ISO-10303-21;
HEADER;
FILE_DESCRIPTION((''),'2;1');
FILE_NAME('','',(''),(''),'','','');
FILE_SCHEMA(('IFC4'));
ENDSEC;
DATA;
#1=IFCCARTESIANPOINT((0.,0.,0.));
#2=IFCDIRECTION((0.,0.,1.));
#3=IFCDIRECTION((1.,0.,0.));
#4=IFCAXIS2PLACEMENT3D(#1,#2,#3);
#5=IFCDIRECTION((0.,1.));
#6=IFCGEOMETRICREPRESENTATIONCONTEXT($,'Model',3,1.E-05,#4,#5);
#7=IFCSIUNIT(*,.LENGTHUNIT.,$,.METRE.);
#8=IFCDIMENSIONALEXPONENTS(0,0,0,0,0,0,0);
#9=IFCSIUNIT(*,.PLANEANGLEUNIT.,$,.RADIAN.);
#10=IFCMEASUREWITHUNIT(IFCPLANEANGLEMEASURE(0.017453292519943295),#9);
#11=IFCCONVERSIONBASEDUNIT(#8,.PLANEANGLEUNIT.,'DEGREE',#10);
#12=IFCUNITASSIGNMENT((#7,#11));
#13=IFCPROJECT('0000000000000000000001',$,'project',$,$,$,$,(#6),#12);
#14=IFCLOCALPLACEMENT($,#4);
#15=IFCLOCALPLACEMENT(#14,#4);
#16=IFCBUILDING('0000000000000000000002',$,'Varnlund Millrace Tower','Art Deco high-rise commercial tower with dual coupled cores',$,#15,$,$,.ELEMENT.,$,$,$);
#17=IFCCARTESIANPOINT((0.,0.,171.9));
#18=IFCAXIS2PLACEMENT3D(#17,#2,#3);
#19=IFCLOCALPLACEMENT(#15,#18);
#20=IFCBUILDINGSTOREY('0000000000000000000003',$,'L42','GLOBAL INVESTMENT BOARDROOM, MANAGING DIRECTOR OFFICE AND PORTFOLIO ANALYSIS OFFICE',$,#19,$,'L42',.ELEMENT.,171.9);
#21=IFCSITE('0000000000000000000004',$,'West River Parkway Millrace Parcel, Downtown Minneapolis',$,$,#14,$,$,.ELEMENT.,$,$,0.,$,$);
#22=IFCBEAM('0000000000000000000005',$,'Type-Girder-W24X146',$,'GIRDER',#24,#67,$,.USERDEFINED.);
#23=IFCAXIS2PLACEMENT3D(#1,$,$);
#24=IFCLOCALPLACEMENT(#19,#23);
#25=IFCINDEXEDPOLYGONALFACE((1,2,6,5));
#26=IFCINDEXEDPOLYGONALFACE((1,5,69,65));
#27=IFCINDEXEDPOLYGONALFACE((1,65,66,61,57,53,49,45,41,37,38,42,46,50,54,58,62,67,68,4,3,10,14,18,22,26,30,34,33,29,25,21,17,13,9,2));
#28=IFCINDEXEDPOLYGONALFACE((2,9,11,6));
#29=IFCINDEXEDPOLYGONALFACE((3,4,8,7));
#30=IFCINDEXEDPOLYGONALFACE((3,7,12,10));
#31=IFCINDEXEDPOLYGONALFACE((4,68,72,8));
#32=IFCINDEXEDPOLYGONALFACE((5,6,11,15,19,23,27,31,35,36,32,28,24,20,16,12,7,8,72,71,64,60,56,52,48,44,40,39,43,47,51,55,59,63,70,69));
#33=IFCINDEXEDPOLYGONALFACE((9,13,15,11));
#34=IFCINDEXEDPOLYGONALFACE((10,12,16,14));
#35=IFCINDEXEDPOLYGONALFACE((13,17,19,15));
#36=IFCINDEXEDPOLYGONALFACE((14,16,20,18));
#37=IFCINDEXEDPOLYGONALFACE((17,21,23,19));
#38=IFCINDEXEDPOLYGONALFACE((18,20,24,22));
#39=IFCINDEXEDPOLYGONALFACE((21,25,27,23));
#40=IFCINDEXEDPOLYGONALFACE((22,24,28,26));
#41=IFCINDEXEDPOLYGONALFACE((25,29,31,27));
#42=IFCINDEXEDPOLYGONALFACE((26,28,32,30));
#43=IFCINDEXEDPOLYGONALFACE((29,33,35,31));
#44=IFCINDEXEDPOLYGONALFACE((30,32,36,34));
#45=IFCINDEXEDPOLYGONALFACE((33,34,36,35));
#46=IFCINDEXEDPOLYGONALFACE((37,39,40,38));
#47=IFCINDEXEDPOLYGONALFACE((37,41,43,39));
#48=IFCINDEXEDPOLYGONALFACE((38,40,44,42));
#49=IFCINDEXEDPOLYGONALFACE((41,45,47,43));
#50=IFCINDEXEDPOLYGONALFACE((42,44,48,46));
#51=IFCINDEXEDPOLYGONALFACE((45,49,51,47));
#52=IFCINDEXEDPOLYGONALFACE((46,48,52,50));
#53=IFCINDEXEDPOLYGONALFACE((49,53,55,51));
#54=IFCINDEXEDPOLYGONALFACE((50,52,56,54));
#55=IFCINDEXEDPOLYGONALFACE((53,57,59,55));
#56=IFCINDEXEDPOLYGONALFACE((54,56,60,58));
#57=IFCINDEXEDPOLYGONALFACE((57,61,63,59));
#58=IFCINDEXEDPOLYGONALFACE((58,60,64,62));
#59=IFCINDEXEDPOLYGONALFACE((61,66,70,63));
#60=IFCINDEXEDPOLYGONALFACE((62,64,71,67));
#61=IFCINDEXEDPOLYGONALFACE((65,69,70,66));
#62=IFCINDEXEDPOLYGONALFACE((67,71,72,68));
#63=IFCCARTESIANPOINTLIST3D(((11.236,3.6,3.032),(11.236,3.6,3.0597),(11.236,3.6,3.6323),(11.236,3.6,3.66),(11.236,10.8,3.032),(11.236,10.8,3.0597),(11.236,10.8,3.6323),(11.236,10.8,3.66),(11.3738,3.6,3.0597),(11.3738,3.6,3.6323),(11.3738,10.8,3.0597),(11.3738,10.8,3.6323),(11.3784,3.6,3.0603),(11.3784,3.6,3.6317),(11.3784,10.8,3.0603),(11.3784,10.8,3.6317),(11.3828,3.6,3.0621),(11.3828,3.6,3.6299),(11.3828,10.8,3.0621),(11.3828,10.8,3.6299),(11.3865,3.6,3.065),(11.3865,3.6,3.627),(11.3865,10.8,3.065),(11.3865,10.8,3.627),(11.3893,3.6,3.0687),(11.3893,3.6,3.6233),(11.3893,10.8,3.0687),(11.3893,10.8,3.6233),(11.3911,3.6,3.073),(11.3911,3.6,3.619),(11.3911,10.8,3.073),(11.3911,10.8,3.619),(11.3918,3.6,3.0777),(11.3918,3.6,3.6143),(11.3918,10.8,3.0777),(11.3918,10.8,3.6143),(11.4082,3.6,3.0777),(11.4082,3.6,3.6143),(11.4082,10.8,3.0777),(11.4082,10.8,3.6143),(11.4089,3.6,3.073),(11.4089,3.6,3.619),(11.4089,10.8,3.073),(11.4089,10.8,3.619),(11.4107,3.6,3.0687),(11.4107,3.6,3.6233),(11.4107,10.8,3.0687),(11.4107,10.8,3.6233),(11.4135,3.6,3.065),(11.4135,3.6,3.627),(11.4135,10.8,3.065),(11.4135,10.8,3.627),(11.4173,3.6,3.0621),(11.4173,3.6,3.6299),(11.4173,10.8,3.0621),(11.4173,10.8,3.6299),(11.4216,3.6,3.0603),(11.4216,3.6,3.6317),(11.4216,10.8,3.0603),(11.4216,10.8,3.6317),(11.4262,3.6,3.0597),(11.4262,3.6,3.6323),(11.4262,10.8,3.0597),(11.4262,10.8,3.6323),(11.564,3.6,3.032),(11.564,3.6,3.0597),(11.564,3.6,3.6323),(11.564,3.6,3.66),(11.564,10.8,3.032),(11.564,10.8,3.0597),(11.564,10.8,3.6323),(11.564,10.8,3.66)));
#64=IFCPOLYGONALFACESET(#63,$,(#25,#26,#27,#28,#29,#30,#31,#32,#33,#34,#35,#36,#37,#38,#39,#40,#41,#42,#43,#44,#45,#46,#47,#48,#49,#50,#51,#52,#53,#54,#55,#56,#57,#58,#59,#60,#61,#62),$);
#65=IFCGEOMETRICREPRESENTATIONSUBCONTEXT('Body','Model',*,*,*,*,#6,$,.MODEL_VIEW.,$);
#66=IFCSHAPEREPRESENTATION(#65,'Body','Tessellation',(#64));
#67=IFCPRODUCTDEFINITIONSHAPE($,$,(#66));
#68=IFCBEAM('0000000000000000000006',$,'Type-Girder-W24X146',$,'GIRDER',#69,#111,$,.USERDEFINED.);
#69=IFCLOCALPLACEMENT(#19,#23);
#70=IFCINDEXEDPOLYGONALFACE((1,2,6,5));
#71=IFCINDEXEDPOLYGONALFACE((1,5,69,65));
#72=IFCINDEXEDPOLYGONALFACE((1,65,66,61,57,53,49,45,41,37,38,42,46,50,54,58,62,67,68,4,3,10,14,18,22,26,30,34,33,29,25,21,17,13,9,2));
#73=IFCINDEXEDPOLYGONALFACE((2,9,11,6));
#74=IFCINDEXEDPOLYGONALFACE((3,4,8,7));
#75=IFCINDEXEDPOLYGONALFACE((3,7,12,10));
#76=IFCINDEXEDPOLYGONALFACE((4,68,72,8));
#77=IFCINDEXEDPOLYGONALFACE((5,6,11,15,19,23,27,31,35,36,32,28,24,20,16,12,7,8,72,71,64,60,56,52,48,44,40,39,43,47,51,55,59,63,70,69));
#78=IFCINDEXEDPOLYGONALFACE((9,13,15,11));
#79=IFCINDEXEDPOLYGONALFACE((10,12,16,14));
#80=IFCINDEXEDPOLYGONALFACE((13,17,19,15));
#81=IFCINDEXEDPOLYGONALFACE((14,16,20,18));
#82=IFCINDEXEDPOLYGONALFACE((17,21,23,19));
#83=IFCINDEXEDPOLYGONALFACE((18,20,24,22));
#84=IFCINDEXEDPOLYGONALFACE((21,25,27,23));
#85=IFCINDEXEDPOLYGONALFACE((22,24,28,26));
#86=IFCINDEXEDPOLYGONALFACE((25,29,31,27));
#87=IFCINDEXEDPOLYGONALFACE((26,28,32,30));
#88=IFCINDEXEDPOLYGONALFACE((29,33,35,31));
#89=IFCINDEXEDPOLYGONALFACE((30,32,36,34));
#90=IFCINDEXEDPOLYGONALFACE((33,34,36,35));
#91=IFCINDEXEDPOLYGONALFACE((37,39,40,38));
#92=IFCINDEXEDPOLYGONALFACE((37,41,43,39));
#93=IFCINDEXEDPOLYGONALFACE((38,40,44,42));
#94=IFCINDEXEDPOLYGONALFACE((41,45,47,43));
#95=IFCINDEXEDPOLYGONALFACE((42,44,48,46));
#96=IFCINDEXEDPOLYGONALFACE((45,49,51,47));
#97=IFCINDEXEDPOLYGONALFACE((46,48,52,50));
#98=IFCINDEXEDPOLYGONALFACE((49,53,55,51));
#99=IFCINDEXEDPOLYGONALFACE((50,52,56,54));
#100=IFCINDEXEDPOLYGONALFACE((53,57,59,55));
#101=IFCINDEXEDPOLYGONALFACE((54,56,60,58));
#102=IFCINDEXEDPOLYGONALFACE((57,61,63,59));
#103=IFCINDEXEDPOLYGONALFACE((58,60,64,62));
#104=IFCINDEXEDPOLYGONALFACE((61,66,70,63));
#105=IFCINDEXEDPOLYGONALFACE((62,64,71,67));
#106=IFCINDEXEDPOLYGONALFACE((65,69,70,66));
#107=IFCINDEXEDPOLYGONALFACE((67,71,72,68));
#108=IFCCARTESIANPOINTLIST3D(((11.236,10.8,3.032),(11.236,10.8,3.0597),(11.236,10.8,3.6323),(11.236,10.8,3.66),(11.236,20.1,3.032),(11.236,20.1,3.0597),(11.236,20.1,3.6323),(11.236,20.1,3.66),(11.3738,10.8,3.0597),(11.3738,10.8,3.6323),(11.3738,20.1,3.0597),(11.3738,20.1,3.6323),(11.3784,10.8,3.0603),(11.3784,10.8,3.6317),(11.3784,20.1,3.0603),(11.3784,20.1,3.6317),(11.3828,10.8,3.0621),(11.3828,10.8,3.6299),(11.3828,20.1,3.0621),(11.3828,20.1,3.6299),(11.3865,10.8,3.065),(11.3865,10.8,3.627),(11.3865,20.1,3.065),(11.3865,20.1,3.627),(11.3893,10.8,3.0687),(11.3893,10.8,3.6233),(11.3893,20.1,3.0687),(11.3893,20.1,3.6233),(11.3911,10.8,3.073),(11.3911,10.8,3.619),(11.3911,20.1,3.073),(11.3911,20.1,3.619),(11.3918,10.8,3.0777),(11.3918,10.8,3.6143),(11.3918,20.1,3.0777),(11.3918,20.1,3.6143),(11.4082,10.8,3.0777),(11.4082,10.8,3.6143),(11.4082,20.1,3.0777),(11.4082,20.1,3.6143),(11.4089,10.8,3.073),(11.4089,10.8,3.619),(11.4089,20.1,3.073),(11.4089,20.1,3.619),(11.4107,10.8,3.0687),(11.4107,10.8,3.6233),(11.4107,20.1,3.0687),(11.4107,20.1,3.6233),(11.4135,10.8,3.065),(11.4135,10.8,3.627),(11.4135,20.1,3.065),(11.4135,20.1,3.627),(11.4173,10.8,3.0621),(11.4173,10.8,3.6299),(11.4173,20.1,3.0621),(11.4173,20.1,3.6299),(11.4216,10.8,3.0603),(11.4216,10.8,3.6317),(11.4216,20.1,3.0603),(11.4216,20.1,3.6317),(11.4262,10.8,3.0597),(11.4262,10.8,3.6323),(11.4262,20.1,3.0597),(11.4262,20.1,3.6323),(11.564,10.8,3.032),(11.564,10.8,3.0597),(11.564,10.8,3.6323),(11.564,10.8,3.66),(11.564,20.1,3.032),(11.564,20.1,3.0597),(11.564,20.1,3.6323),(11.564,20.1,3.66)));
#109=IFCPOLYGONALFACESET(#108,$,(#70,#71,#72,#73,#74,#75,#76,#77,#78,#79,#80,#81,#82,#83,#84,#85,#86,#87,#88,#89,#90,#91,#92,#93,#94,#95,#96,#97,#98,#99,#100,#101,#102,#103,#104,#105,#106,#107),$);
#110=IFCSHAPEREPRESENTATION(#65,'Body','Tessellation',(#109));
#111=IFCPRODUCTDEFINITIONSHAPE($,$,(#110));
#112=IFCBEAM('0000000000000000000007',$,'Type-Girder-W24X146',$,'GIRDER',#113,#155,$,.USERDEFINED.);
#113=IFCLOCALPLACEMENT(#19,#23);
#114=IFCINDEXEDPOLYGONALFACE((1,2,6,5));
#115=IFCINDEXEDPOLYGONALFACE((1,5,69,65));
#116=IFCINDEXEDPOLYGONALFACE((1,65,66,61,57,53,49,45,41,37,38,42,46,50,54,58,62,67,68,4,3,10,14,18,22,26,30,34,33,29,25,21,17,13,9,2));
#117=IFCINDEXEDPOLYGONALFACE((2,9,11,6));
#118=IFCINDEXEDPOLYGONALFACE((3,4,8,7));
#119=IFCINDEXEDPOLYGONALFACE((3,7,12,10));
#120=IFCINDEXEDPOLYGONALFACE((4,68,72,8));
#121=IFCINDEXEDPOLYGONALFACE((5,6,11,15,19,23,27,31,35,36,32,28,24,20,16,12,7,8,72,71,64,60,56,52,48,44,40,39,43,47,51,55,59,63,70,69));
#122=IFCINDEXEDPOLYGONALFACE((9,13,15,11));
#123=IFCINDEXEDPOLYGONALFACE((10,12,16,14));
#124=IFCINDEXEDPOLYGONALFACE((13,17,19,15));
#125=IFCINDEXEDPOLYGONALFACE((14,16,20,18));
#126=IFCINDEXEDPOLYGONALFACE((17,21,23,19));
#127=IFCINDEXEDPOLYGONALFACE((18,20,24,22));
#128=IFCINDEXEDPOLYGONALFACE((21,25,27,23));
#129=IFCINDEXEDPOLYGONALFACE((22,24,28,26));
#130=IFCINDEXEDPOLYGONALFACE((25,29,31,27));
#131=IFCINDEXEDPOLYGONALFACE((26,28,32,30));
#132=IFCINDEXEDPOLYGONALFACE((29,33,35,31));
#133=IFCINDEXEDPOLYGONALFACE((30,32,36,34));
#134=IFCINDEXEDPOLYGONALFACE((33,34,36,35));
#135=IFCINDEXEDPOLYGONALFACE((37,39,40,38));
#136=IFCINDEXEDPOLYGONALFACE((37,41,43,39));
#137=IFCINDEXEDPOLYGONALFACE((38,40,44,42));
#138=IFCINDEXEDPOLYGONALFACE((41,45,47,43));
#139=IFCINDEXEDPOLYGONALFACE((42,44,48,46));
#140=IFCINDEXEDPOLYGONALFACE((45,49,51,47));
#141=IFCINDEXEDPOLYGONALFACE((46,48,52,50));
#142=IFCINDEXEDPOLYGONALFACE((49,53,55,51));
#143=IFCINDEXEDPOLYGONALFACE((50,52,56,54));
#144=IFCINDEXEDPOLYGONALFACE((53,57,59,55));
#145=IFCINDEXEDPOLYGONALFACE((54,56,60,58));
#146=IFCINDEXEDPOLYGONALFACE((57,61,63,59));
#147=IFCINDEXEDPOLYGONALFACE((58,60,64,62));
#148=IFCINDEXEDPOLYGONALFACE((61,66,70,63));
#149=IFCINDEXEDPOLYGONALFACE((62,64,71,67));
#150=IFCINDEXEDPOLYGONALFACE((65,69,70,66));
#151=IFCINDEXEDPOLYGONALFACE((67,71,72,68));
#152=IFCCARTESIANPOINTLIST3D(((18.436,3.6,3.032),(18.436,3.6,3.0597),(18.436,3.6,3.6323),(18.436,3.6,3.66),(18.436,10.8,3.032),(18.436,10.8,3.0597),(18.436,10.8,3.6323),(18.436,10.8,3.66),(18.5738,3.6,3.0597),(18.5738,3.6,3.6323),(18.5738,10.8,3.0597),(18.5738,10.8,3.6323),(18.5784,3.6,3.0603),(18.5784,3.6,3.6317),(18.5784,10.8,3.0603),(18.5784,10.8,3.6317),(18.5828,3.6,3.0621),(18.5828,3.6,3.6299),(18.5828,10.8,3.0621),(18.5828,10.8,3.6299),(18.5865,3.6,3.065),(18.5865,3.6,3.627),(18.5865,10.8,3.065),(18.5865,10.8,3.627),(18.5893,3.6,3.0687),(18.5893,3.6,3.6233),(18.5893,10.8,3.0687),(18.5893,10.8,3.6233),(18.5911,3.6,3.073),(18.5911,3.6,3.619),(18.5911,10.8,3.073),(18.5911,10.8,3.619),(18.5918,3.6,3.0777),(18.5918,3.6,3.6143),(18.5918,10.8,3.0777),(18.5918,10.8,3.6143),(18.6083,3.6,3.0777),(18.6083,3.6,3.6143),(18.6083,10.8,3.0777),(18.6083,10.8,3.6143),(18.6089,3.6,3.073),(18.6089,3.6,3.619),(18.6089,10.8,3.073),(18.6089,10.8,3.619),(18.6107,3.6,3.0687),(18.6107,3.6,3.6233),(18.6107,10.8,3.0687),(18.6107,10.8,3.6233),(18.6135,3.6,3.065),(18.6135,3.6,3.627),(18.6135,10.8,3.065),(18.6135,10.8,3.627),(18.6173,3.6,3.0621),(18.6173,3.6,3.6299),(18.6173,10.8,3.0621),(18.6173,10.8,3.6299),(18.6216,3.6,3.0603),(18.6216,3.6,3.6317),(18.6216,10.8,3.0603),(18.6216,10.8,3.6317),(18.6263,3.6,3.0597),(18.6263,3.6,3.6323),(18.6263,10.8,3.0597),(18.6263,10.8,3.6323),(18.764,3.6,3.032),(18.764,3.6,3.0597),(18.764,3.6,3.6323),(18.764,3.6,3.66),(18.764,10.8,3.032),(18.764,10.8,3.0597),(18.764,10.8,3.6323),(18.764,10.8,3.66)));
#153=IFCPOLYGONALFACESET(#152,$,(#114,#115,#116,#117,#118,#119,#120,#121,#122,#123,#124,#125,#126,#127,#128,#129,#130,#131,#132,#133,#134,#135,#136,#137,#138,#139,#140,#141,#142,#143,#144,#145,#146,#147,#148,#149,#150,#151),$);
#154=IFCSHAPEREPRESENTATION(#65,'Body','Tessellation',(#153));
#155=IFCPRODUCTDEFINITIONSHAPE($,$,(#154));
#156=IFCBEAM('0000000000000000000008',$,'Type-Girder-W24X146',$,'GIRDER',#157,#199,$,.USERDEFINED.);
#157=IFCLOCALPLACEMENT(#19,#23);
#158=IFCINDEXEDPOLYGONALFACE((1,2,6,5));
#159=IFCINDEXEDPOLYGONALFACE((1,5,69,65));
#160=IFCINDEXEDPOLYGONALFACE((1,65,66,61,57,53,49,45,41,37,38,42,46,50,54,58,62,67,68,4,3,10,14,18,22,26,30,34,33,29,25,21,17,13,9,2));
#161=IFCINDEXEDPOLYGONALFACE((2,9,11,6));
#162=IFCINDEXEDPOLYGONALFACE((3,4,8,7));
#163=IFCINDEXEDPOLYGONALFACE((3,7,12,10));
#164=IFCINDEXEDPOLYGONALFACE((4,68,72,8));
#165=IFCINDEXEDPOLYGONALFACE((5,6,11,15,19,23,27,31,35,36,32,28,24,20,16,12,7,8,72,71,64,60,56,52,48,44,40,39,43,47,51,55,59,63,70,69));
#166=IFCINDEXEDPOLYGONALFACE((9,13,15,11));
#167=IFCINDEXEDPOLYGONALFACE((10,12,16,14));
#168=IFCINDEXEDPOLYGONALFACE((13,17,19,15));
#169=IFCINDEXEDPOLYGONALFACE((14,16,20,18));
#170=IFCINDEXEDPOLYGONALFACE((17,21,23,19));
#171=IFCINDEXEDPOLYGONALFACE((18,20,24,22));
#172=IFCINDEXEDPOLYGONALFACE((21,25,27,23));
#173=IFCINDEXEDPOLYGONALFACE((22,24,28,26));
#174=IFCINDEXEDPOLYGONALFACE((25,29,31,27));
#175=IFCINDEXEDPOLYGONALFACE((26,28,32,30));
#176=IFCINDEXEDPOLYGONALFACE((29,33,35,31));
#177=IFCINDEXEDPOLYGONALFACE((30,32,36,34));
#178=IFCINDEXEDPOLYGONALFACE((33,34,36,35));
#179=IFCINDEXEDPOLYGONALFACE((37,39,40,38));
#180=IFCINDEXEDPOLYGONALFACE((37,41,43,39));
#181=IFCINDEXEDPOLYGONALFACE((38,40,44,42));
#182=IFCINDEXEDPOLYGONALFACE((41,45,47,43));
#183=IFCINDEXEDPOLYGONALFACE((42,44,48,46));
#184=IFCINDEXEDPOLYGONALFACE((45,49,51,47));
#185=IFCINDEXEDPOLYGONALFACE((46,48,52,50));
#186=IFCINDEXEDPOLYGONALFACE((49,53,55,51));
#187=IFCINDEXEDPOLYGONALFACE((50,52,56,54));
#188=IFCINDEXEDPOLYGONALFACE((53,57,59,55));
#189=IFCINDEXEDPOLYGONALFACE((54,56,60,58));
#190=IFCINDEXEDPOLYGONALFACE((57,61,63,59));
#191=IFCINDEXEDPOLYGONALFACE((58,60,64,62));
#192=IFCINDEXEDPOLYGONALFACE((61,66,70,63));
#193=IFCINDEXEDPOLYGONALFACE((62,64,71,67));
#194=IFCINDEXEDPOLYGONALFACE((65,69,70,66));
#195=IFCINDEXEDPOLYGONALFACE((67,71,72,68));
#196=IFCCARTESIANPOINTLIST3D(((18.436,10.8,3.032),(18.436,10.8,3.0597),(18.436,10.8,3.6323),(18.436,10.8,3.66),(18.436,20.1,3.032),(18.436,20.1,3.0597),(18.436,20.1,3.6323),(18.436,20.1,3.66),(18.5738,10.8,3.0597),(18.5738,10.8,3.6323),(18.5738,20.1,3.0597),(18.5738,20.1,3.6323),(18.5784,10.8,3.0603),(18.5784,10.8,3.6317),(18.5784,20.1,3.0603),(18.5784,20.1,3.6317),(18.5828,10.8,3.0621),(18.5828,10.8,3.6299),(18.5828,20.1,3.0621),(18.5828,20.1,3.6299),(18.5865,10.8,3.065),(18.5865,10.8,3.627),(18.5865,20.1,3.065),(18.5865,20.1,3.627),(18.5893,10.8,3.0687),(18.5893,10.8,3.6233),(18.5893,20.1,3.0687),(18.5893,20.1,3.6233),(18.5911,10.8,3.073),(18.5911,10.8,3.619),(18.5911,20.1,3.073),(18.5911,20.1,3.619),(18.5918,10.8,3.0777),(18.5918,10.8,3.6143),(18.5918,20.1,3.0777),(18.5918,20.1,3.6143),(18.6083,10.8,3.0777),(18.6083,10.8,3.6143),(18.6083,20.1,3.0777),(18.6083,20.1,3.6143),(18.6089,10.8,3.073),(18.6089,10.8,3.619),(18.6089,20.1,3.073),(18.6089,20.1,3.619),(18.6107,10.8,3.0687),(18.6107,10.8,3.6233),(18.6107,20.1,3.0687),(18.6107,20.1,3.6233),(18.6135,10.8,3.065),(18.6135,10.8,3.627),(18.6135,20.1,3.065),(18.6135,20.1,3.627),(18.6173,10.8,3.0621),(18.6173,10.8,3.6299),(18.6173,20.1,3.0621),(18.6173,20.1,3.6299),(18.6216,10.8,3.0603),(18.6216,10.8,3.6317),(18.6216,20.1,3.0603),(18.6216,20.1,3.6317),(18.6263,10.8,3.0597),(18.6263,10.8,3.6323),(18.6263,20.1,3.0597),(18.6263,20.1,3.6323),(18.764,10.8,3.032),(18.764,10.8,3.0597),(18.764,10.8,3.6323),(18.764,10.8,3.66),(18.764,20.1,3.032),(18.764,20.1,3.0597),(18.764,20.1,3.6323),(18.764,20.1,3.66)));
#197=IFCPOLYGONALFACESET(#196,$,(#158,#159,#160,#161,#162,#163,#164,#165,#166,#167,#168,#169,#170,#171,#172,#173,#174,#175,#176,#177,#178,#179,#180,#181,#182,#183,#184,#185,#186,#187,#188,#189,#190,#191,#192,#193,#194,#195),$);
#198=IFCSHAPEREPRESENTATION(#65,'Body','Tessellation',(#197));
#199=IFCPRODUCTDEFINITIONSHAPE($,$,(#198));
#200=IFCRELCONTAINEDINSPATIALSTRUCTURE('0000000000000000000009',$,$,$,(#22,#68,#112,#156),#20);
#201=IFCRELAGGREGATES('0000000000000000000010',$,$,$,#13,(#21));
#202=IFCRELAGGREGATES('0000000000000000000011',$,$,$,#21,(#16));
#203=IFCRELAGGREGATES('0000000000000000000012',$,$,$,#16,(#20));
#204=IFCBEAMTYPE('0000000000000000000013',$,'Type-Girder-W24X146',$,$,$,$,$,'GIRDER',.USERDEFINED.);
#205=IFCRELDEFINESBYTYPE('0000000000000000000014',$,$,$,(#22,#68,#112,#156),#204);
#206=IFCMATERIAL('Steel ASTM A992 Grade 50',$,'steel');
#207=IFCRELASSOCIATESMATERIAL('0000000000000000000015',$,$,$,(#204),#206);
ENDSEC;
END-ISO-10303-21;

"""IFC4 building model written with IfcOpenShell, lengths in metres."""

from ifc_helpers import new_model, entity, si_unit, converted_unit, direction, frame, origin_with_axes, origin_2d_with_axis, place, context, subcontext, project, spatial, i_section, extrude, material, material_profile, profile_set, type_object, element, save


model = new_model("IFC4")

# Units and contexts
model_context = context("Model", 3, precision=1e-05, world=origin_with_axes(), true_north=direction((0.0, 1.0)))
body_context = subcontext(model_context, "Body", "Model", "MODEL_VIEW")
ifc_project = project(units=[si_unit("LENGTHUNIT", "METRE"), converted_unit("PLANEANGLEUNIT", "DEGREE", entity("IfcPlaneAngleMeasure", 0.017453292519943295), si_unit("PLANEANGLEUNIT", "RADIAN"), dimensions=[0, 0, 0, 0, 0, 0, 0])], contexts=[model_context])

# Site, building, storey
site_placement = place(None, origin_with_axes())
site = spatial("IfcSite", under=ifc_project, at=site_placement, Name="West River Parkway Millrace Parcel, Downtown Minneapolis", CompositionType="ELEMENT", RefElevation=0.0)
building_placement = place(site_placement, origin_with_axes())
building = spatial("IfcBuilding", under=site, at=building_placement, Name="Varnlund Millrace Tower", Description="Art Deco high-rise commercial tower with dual coupled cores", CompositionType="ELEMENT")
storey_placement = place(building_placement, frame((0.0, 0.0, 171.9), z_axis=(0.0, 0.0, 1.0), x_axis=(1.0, 0.0, 0.0)))
storey = spatial("IfcBuildingStorey", under=building, at=storey_placement, Name="L42", Description="GLOBAL INVESTMENT BOARDROOM, MANAGING DIRECTOR OFFICE AND PORTFOLIO ANALYSIS OFFICE", LongName="L42", CompositionType="ELEMENT", Elevation=171.9)

# Beams
ifc_material_1 = material(Name="Steel ASTM A992 Grade 50", Category="steel")
ifc_material_profile_1 = material_profile(ifc_material_1, i_section(OverallWidth=0.328, OverallDepth=0.628, WebThickness=0.0165, FlangeThickness=0.0277, FilletRadius=0.018, at=origin_2d_with_axis()), Name="Steel ASTM A992 Grade 50")
ifc_profile_set_1 = profile_set([ifc_material_profile_1], Name="Steel ASTM A992 Grade 50")
beam_type_1 = type_object("IfcBeamType", Name="Type-Girder-W24X146", ElementType="GIRDER", PredefinedType="USERDEFINED", material=ifc_profile_set_1)
beam_1_placement = place(storey_placement, frame((11.4, 3.6, 3.346), z_axis=(0.0, 1.0, 0.0), x_axis=(-1.0, 0.0, 0.0)))
element("IfcBeam", 1, at=beam_1_placement, inside=storey, type_object=beam_type_1, Name="Type-Girder-W24X146", ObjectType="GIRDER", PredefinedType="USERDEFINED", context=body_context, shape_type="SweptSolid", body=[
    extrude(i_section(OverallWidth=0.328, OverallDepth=0.628, WebThickness=0.0165, FlangeThickness=0.0277, FilletRadius=0.018, at=origin_2d_with_axis()), origin_with_axes(), (0.0, 0.0, 1.0), 7.2),
])
beam_2_placement = place(storey_placement, frame((11.4, 10.8, 3.346), z_axis=(0.0, 1.0, 0.0), x_axis=(-1.0, 0.0, 0.0)))
element("IfcBeam", 2, at=beam_2_placement, inside=storey, type_object=beam_type_1, Name="Type-Girder-W24X146", ObjectType="GIRDER", PredefinedType="USERDEFINED", context=body_context, shape_type="SweptSolid", body=[
    extrude(i_section(OverallWidth=0.328, OverallDepth=0.628, WebThickness=0.0165, FlangeThickness=0.0277, FilletRadius=0.018, at=origin_2d_with_axis()), origin_with_axes(), (0.0, 0.0, 1.0), 9.3),
])
beam_3_placement = place(storey_placement, frame((18.6, 3.6, 3.346), z_axis=(0.0, 1.0, 0.0), x_axis=(-1.0, 0.0, 0.0)))
element("IfcBeam", 3, at=beam_3_placement, inside=storey, type_object=beam_type_1, Name="Type-Girder-W24X146", ObjectType="GIRDER", PredefinedType="USERDEFINED", context=body_context, shape_type="SweptSolid", body=[
    extrude(i_section(OverallWidth=0.328, OverallDepth=0.628, WebThickness=0.0165, FlangeThickness=0.0277, FilletRadius=0.018, at=origin_2d_with_axis()), origin_with_axes(), (0.0, 0.0, 1.0), 7.2),
])
beam_4_placement = place(storey_placement, frame((18.6, 10.8, 3.346), z_axis=(0.0, 1.0, 0.0), x_axis=(-1.0, 0.0, 0.0)))
element("IfcBeam", 4, at=beam_4_placement, inside=storey, type_object=beam_type_1, Name="Type-Girder-W24X146", ObjectType="GIRDER", PredefinedType="USERDEFINED", context=body_context, shape_type="SweptSolid", body=[
    extrude(i_section(OverallWidth=0.328, OverallDepth=0.628, WebThickness=0.0165, FlangeThickness=0.0277, FilletRadius=0.018, at=origin_2d_with_axis()), origin_with_axes(), (0.0, 0.0, 1.0), 9.3),
])

save(model, "model.ifc")
